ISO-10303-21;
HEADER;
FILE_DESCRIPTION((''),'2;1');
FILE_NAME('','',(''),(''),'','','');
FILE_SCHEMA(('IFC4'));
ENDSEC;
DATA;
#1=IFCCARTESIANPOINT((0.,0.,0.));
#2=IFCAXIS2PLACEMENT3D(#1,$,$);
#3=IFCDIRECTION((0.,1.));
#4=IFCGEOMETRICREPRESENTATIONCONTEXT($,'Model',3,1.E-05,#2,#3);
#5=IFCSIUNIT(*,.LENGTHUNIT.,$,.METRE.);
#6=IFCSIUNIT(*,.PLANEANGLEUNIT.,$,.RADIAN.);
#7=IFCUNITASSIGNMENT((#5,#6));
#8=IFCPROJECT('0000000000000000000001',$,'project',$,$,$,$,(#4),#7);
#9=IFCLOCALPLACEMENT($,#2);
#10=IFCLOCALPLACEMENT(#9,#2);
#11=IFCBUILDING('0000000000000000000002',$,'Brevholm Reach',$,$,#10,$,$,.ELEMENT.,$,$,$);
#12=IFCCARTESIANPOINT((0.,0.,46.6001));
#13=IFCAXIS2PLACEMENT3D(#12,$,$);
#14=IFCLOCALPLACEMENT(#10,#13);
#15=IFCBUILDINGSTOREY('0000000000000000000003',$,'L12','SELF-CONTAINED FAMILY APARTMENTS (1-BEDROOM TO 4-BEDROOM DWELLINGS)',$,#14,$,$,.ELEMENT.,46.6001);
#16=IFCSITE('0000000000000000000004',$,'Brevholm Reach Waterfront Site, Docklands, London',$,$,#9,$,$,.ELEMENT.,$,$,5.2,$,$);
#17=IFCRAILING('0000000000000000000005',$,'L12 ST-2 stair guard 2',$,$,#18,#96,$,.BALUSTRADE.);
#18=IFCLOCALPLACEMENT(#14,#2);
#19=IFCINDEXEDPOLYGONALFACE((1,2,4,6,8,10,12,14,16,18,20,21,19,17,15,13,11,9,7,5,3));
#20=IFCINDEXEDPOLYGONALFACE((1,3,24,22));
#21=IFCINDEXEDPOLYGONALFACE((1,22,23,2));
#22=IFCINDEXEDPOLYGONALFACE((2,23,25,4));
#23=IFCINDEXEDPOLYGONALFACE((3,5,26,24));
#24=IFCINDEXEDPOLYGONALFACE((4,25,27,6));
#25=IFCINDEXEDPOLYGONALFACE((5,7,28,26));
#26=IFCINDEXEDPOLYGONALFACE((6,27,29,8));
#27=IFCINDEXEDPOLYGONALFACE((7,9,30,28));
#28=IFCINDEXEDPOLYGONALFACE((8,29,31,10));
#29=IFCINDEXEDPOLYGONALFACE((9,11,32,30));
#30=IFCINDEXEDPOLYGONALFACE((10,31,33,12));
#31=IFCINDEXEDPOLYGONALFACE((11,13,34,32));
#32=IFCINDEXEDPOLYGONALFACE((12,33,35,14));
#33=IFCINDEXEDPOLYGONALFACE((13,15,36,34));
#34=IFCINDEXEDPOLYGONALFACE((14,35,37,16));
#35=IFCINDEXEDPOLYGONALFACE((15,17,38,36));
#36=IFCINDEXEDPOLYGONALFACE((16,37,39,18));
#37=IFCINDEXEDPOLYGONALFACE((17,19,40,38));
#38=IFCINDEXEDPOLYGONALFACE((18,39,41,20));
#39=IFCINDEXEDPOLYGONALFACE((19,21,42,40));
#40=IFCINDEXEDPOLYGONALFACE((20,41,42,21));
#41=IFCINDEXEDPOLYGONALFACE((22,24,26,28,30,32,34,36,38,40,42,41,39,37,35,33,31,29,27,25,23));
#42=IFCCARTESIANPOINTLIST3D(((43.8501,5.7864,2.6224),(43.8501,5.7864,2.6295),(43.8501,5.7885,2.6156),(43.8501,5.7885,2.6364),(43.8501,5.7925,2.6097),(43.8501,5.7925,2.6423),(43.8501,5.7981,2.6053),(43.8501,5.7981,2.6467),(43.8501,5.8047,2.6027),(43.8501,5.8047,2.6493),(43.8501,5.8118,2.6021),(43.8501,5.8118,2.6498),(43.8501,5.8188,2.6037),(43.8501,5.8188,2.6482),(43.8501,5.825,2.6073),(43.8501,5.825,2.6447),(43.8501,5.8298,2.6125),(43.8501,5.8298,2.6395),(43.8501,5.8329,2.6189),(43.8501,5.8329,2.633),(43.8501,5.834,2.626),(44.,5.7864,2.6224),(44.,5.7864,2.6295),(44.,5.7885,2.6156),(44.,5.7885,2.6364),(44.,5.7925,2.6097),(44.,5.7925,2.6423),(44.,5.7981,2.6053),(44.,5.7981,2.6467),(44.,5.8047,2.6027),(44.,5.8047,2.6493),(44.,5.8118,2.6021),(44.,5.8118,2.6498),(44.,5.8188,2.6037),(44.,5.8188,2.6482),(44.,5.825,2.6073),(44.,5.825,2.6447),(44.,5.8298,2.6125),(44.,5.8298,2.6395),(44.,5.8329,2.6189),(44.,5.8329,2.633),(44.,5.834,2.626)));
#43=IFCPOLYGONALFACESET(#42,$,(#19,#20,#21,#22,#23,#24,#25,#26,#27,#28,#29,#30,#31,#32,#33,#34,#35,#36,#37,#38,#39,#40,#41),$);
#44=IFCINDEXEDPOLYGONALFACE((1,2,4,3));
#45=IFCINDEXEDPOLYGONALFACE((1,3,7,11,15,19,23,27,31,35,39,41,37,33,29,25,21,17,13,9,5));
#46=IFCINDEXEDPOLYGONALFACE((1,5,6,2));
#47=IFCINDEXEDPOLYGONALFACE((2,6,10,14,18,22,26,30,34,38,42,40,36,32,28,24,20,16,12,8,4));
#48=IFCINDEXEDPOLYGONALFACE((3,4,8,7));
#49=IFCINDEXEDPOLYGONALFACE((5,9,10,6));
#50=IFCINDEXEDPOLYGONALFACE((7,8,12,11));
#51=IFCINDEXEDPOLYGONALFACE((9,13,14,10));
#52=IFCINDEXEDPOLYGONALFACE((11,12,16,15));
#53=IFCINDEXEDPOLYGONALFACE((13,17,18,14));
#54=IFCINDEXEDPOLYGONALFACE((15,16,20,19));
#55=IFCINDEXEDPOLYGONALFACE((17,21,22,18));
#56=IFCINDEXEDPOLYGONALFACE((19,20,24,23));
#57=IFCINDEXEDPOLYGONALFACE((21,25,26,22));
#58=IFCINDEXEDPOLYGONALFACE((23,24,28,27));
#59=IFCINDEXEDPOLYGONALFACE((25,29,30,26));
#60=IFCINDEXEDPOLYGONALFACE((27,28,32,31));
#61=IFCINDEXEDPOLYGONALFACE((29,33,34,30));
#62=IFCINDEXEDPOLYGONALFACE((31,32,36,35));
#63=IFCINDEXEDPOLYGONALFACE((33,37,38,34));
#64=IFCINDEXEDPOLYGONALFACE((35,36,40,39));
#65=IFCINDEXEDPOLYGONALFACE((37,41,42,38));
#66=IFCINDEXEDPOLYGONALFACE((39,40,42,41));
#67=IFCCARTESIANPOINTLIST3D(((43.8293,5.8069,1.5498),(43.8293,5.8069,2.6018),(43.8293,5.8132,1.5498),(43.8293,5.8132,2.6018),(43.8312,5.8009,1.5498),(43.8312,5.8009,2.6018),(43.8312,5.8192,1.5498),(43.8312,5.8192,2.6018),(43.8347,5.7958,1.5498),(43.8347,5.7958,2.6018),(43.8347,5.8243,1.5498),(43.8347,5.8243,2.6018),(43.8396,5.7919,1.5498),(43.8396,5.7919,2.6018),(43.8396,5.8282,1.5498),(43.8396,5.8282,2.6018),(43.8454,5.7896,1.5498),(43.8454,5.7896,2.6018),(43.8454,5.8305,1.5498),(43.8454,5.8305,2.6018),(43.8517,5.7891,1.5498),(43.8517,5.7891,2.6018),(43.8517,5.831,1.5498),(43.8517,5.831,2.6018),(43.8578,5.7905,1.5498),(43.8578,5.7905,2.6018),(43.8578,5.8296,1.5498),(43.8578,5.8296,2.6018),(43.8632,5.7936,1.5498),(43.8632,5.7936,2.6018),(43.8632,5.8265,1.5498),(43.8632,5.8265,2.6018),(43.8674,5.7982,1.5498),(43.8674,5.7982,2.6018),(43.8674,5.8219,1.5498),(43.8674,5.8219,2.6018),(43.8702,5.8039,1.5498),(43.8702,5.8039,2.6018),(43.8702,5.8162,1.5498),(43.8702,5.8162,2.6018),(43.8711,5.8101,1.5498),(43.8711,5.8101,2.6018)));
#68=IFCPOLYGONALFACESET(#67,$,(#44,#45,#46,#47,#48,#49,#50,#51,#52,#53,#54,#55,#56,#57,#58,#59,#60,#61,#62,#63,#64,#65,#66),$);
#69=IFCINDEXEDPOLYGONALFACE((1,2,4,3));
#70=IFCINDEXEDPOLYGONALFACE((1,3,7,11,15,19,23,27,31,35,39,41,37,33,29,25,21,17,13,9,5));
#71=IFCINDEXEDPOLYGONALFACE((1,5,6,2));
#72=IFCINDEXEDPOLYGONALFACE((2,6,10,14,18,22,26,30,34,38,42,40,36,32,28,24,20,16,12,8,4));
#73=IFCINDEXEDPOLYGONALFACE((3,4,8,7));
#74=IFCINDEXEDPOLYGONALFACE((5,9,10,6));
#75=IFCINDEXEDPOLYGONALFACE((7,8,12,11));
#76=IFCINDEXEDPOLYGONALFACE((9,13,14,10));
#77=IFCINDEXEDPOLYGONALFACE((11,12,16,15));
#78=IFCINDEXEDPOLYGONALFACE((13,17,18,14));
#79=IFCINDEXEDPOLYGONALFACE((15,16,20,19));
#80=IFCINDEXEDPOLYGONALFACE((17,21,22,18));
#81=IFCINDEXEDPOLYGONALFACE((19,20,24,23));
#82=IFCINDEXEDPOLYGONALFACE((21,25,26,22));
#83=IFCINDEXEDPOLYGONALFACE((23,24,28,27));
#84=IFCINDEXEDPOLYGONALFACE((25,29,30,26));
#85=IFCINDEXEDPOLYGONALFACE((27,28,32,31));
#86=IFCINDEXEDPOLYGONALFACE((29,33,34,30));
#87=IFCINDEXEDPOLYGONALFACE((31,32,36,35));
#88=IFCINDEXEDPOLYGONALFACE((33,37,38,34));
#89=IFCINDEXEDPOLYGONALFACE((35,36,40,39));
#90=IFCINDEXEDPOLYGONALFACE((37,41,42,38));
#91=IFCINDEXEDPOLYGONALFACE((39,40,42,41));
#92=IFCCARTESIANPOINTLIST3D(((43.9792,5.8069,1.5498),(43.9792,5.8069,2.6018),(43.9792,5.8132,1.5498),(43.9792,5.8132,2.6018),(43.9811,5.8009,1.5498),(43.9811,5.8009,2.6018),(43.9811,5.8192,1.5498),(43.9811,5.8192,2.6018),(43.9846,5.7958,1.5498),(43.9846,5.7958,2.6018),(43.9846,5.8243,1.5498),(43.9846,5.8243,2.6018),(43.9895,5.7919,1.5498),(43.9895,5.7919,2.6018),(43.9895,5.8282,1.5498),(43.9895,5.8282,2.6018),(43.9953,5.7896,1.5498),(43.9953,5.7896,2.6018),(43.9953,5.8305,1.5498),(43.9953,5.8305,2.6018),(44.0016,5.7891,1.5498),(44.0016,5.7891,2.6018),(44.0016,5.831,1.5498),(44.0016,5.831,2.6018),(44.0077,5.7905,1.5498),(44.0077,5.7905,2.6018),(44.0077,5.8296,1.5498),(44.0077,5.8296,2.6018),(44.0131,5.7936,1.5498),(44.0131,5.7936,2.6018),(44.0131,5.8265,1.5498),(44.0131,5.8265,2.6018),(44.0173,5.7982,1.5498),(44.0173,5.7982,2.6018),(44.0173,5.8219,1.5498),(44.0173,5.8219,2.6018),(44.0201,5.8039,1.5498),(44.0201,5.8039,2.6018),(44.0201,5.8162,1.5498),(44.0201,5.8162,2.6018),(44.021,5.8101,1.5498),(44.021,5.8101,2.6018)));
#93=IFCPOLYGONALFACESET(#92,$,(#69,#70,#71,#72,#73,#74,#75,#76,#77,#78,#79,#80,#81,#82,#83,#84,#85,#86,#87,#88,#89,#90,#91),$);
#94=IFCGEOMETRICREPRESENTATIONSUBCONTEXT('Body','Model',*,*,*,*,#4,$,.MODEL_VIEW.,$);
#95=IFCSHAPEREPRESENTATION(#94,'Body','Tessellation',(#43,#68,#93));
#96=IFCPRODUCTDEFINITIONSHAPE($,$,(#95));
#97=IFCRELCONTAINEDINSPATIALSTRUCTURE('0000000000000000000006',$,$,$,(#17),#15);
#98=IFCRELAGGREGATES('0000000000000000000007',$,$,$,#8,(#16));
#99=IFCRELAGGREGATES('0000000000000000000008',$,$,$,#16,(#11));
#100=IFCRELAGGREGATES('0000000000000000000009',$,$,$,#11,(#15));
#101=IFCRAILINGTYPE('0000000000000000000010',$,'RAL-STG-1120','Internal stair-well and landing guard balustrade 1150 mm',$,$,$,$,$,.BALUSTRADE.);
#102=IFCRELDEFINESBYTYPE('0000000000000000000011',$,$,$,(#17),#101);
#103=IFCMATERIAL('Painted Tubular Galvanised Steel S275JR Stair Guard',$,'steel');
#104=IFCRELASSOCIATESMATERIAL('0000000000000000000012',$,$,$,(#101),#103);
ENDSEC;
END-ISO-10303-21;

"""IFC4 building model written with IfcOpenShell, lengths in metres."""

from ifc_helpers import new_model, si_unit, direction, frame, origin, origin_2d, place, context, subcontext, project, spatial, circle, extrude, material, type_object, element, save


model = new_model("IFC4")

# Units and contexts
model_context = context("Model", 3, precision=1e-05, world=origin(), true_north=direction((0.0, 1.0)))
body_context = subcontext(model_context, "Body", "Model", "MODEL_VIEW")
ifc_project = project(units=[si_unit("LENGTHUNIT", "METRE"), si_unit("PLANEANGLEUNIT", "RADIAN")], contexts=[model_context])

# Site, building, storey
site_placement = place(None, origin())
site = spatial("IfcSite", under=ifc_project, at=site_placement, Name="Brevholm Reach Waterfront Site, Docklands, London", CompositionType="ELEMENT", RefElevation=5.2)
building_placement = place(site_placement, origin())
building = spatial("IfcBuilding", under=site, at=building_placement, Name="Brevholm Reach", CompositionType="ELEMENT")
storey_placement = place(building_placement, frame((0.0, 0.0, 46.6001)))
storey = spatial("IfcBuildingStorey", under=building, at=storey_placement, Name="L12", Description="SELF-CONTAINED FAMILY APARTMENTS (1-BEDROOM TO 4-BEDROOM DWELLINGS)", CompositionType="ELEMENT", Elevation=46.6001)

# Railing
ifc_material_1 = material(Name="Painted Tubular Galvanised Steel S275JR Stair Guard", Category="steel")
railing_type_1 = type_object("IfcRailingType", Name="RAL-STG-1120", Description="Internal stair-well and landing guard balustrade 1150 mm", PredefinedType="BALUSTRADE", material=ifc_material_1)
railing_1_placement = place(storey_placement, frame((43.8501, 5.8101, 1.5498)))
element("IfcRailing", 1, at=railing_1_placement, inside=storey, type_object=railing_type_1, Name="L12 ST-2 stair guard 2", PredefinedType="BALUSTRADE", context=body_context, shape_type="SweptSolid", body=[
    extrude(circle(Radius=0.0239, at=origin_2d()), frame((0.0, 0.0, 1.0762), z_axis=(1.0, 0.0, 0.0), x_axis=(0.0, 1.0, 0.0)), (0.0, 0.0, 1.0), 0.1499),
    extrude(circle(Radius=0.021, at=origin_2d()), origin(), (0.0, 0.0, 1.0), 1.052),
    extrude(circle(Radius=0.021, at=origin_2d()), frame((0.1499, 0.0, 0.0)), (0.0, 0.0, 1.0), 1.052),
])

save(model, "model.ifc")
